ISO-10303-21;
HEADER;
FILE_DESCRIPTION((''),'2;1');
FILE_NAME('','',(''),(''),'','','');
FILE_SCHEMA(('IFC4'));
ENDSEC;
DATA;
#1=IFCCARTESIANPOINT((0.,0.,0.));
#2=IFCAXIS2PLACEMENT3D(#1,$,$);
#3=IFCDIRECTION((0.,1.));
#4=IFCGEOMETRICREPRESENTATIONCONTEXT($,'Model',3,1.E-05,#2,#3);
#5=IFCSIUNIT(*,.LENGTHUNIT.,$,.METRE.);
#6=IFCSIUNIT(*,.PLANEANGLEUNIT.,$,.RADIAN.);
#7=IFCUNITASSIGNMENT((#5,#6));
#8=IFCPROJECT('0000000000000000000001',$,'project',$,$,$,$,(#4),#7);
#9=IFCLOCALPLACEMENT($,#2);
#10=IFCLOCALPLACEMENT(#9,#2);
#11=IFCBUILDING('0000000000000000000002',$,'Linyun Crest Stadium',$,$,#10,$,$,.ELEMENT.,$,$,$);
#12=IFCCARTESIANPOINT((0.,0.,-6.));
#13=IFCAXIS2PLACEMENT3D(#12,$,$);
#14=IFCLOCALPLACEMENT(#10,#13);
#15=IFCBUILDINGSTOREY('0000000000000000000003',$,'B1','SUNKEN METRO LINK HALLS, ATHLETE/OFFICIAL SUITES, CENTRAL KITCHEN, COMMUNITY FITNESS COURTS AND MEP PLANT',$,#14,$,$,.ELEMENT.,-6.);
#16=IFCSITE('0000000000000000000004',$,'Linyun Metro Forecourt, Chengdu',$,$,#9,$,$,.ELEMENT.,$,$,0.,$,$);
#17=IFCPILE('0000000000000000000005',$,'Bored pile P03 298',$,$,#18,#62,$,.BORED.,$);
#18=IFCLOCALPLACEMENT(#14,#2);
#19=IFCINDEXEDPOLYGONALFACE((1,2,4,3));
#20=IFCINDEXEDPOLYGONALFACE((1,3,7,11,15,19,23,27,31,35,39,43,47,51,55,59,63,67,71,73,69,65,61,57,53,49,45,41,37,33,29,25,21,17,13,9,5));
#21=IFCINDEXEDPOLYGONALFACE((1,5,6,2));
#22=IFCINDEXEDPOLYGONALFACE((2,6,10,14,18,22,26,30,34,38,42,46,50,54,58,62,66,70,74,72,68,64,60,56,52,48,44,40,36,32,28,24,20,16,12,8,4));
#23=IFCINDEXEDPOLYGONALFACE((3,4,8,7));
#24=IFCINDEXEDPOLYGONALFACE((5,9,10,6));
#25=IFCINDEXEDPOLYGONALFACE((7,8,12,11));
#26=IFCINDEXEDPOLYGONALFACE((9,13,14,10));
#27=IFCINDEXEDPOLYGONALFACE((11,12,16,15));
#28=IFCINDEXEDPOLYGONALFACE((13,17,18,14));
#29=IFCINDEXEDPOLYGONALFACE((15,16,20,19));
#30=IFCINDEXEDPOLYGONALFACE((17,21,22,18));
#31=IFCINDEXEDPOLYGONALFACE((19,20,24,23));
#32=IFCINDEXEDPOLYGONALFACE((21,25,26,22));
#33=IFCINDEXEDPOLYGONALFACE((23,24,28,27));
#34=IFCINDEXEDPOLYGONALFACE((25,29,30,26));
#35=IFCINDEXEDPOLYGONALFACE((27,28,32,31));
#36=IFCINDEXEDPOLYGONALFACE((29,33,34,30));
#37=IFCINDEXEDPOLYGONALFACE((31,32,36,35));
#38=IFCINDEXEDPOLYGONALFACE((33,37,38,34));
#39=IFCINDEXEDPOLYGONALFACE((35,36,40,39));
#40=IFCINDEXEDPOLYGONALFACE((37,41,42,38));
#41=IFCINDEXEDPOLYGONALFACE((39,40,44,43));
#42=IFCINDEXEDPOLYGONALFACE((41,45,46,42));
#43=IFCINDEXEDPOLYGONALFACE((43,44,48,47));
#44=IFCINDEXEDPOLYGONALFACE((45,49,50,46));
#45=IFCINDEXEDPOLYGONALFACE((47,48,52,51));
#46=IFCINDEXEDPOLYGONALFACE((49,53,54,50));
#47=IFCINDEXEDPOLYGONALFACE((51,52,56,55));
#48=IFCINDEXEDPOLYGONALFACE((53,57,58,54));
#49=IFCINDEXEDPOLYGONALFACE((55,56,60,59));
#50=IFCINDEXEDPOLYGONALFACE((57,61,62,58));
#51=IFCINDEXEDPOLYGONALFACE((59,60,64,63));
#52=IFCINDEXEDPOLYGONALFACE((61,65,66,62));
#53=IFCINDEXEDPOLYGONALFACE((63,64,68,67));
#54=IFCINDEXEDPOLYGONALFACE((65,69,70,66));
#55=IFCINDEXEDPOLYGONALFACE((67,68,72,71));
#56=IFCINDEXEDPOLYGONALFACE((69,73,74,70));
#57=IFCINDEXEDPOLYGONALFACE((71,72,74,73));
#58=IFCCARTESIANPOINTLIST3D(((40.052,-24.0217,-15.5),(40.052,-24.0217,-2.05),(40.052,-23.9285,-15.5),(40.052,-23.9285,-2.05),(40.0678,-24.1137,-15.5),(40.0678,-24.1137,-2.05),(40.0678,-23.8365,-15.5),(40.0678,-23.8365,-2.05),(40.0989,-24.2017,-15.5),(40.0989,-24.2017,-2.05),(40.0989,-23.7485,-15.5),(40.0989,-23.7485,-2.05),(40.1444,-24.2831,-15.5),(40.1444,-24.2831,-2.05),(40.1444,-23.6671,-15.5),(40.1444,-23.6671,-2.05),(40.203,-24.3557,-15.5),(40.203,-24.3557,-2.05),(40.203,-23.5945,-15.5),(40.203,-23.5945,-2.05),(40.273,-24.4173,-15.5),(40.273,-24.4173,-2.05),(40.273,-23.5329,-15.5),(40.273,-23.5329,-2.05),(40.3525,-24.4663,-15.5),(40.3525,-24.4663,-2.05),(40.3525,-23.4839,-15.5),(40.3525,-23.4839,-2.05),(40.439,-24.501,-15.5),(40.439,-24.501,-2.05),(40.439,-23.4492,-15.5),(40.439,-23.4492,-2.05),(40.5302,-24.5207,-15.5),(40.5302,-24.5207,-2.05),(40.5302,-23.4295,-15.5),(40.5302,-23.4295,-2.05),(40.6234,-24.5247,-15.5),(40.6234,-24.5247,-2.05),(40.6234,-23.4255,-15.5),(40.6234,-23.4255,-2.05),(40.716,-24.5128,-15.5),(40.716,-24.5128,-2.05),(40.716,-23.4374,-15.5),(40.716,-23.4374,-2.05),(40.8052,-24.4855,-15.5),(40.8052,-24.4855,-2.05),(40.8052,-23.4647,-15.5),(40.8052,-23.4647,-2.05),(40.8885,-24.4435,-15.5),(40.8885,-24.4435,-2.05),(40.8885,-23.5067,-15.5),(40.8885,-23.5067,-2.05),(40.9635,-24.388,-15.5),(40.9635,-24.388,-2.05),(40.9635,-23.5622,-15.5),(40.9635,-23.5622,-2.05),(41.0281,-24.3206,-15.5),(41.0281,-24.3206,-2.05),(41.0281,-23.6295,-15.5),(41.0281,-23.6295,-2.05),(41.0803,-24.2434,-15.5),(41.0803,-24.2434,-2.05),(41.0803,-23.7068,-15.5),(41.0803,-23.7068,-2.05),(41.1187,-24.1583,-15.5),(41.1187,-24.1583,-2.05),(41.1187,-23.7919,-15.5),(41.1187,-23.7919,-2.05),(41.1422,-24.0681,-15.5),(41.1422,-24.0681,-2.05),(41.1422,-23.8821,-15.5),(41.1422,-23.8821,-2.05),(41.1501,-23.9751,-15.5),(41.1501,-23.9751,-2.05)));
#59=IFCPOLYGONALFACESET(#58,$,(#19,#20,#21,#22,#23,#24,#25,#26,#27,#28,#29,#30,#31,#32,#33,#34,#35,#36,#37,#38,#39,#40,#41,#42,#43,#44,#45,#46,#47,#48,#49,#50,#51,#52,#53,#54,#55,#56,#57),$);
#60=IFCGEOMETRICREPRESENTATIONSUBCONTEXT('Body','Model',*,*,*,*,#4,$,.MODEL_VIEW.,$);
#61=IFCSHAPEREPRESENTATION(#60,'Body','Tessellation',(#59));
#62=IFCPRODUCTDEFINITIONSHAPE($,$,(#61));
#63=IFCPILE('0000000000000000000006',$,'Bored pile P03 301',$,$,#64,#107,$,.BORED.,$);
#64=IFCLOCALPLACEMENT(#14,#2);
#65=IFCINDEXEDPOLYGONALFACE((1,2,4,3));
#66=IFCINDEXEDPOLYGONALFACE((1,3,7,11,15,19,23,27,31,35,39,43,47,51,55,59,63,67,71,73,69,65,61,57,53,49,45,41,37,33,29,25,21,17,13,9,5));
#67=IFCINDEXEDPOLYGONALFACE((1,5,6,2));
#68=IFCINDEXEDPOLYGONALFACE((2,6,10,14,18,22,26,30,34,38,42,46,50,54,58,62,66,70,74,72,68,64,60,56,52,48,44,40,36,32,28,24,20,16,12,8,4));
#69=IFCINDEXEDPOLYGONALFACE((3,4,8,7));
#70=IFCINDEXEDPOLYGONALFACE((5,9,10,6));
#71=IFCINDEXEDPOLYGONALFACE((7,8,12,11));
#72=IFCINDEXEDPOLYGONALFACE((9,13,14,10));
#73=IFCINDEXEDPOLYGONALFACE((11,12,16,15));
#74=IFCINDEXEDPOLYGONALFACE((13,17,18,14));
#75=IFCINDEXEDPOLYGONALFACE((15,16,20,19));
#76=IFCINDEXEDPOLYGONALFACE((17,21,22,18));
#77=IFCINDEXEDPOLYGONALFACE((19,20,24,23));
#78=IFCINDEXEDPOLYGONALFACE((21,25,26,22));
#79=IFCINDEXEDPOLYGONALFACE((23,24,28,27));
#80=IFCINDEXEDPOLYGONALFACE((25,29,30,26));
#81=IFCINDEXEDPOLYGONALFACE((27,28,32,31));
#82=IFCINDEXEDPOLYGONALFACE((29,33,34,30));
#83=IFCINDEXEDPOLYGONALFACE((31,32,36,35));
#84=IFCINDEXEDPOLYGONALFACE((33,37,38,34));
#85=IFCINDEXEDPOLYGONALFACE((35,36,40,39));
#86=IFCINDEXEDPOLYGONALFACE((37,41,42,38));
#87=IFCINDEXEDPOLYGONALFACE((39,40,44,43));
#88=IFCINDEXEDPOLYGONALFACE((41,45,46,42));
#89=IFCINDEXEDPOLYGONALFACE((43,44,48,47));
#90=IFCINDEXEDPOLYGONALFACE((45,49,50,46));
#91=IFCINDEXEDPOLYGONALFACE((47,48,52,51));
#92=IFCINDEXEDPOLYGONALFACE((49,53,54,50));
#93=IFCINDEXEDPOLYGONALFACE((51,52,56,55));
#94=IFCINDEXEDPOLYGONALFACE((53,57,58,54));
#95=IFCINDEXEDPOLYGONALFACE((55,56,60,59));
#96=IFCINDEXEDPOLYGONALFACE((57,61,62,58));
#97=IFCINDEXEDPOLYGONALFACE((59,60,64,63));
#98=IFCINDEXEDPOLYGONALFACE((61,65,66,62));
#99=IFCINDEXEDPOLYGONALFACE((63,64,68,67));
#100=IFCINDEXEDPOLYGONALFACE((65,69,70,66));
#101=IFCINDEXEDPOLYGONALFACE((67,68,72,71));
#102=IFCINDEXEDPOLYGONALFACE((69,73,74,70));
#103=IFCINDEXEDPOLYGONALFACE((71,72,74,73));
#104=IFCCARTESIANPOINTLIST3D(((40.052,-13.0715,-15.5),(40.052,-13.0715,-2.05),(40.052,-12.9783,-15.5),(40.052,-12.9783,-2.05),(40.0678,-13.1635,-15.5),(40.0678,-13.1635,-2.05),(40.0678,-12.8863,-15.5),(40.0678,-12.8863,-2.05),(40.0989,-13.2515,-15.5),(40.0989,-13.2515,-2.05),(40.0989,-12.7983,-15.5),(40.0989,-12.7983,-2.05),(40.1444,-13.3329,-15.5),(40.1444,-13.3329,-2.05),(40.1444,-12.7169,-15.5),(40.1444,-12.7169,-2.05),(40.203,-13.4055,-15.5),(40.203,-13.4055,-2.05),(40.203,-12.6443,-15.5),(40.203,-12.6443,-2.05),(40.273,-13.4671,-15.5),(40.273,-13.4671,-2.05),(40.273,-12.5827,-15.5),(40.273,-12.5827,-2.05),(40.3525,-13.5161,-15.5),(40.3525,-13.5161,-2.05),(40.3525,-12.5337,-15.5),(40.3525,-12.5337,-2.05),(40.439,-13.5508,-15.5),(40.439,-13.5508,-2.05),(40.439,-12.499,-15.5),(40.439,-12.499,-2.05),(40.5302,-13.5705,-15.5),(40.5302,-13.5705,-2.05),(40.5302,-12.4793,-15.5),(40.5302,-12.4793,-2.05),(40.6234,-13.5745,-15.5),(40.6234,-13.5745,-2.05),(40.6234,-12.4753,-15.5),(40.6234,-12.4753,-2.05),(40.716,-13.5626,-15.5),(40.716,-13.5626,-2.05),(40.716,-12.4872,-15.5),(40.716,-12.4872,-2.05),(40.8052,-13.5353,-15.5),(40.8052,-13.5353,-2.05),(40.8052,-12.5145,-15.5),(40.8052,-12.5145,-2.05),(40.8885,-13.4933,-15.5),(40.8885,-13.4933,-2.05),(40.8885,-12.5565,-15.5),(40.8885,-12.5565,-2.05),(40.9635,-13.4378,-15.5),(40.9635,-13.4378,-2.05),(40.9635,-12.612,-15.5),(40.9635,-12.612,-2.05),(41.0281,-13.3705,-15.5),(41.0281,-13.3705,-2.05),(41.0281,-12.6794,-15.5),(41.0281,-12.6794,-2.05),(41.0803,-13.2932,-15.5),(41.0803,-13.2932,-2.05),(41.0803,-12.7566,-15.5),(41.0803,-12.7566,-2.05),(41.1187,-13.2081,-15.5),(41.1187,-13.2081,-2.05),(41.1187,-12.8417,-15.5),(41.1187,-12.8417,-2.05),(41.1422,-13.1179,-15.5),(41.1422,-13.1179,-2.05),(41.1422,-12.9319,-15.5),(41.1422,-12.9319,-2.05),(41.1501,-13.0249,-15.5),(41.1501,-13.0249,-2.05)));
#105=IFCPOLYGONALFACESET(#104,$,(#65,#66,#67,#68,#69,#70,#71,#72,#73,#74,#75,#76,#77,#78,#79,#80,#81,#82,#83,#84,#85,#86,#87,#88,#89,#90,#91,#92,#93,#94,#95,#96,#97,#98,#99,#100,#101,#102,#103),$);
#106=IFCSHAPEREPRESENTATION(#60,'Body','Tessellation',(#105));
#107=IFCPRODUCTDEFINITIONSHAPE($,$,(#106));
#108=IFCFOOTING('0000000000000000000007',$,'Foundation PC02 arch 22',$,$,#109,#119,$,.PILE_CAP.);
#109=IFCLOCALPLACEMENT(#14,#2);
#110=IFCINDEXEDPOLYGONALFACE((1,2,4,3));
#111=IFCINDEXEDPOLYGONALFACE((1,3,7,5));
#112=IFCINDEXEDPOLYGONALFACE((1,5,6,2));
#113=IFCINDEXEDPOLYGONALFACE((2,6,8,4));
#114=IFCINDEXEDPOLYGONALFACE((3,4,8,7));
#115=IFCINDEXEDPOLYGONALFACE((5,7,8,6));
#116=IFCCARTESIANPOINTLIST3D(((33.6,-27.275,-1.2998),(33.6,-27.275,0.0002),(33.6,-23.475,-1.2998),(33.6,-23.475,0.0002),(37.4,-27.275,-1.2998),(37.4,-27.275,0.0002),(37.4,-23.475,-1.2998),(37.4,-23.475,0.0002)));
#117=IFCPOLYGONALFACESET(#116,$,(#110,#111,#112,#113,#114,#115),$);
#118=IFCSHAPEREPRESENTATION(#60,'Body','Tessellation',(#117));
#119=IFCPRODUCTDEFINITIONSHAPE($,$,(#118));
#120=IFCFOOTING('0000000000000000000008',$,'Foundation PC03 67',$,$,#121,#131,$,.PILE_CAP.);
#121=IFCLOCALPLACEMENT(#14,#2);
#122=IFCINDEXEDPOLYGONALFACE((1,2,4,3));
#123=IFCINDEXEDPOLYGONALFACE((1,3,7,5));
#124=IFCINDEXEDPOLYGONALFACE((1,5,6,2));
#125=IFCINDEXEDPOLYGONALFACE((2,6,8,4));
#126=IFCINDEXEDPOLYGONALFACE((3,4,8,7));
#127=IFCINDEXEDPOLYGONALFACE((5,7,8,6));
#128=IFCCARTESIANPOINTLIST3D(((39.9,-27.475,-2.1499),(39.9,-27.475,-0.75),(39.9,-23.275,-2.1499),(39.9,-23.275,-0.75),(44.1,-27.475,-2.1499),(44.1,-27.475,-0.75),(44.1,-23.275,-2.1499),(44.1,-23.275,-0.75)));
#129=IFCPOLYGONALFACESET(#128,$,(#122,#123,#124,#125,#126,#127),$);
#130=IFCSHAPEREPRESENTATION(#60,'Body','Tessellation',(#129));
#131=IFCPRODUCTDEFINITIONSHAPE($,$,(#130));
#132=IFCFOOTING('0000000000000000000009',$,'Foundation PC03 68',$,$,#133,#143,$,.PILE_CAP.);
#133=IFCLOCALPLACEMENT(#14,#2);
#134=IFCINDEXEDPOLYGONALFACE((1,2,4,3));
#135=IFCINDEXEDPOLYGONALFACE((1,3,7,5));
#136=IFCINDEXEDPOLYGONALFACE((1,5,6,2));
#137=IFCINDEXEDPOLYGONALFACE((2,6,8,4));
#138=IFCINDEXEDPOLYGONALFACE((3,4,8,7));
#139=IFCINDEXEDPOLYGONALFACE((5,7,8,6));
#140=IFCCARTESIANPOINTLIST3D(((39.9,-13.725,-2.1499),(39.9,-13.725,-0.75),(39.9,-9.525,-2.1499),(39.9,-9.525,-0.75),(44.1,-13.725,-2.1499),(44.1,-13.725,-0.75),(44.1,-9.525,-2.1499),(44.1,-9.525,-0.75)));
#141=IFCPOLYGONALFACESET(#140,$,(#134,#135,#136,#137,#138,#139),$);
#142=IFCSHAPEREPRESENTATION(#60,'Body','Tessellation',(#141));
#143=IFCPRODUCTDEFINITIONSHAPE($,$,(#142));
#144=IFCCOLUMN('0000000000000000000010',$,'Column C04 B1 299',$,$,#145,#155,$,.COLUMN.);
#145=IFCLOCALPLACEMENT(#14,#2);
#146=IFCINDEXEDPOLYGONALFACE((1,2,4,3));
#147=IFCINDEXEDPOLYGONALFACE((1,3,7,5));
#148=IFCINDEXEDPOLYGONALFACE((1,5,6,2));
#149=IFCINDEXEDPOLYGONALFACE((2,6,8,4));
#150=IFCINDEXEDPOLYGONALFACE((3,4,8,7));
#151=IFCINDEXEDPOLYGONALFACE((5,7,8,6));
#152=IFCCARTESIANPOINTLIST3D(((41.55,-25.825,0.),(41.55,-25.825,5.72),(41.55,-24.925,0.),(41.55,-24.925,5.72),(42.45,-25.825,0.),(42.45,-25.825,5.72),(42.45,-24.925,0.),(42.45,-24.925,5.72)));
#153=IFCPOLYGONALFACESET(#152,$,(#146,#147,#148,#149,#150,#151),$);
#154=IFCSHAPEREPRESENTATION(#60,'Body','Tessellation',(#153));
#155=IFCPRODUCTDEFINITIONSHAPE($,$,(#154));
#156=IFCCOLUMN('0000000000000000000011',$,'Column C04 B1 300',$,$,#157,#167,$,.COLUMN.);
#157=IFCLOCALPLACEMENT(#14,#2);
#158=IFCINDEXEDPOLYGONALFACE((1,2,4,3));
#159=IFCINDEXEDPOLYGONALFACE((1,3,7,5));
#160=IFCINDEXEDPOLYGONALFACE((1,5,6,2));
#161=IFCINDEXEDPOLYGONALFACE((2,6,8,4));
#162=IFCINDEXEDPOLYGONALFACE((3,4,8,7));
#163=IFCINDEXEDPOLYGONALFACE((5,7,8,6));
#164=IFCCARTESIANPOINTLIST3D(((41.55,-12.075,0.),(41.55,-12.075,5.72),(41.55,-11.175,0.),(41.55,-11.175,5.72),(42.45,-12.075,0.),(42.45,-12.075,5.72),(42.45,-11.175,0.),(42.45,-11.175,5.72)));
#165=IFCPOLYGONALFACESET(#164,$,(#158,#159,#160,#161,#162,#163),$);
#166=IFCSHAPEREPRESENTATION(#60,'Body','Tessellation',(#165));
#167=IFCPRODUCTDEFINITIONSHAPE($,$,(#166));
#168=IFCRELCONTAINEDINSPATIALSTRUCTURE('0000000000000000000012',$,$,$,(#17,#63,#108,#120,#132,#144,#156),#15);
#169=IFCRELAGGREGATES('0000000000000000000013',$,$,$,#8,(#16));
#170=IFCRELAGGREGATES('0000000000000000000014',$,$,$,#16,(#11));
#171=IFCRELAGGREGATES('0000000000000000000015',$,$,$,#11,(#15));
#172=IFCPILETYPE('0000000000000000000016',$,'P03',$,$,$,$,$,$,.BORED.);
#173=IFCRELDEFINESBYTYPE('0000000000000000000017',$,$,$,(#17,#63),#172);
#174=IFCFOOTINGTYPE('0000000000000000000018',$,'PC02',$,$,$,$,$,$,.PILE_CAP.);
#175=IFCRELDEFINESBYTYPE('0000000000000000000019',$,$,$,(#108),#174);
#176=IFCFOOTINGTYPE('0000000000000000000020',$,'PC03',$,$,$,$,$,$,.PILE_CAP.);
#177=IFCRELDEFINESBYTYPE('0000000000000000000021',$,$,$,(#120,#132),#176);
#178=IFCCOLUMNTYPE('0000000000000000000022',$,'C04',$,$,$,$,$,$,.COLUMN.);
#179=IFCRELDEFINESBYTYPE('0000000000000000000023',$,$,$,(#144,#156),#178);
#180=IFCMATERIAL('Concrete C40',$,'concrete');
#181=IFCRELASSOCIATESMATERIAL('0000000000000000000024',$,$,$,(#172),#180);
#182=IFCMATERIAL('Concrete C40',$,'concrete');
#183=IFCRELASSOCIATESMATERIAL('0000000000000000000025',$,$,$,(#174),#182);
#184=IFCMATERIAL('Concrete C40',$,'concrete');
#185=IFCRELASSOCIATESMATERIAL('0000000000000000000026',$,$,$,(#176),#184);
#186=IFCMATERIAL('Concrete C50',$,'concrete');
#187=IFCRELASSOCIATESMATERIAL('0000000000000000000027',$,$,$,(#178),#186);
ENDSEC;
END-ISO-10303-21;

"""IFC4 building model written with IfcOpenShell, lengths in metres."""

from ifc_helpers import new_model, si_unit, direction, frame, origin, origin_2d, place, context, subcontext, project, spatial, rectangle, circle, extrude, material, material_profile, profile_set, type_object, element, save


model = new_model("IFC4")

# Units and contexts
model_context = context("Model", 3, precision=1e-05, world=origin(), true_north=direction((0.0, 1.0)))
body_context = subcontext(model_context, "Body", "Model", "MODEL_VIEW")
ifc_project = project(units=[si_unit("LENGTHUNIT", "METRE"), si_unit("PLANEANGLEUNIT", "RADIAN")], contexts=[model_context])

# Site, building, storey
site_placement = place(None, origin())
site = spatial("IfcSite", under=ifc_project, at=site_placement, Name="Linyun Metro Forecourt, Chengdu", CompositionType="ELEMENT", RefElevation=0.0)
building_placement = place(site_placement, origin())
building = spatial("IfcBuilding", under=site, at=building_placement, Name="Linyun Crest Stadium", CompositionType="ELEMENT")
storey_placement = place(building_placement, frame((0.0, 0.0, -6.0)))
storey = spatial("IfcBuildingStorey", under=building, at=storey_placement, Name="B1", Description="SUNKEN METRO LINK HALLS, ATHLETE/OFFICIAL SUITES, CENTRAL KITCHEN, COMMUNITY FITNESS COURTS AND MEP PLANT", CompositionType="ELEMENT", Elevation=-6.0)

# Piles
ifc_material_1 = material(Name="Concrete C40", Category="concrete")
ifc_material_profile_1 = material_profile(ifc_material_1, circle(Radius=0.55, at=origin_2d()), Name="BORED PILE 1100")
ifc_profile_set_1 = profile_set([ifc_material_profile_1], Name="Concrete C40")
pile_type_1 = type_object("IfcPileType", Name="P03", PredefinedType="BORED", material=ifc_profile_set_1)
for number, where, z_axis, x_axis, name in (
    (1, (40.6001, -23.9751, -2.05), (0.0, 0.0, -1.0), (1.0, 0.0, 0.0), "Bored pile P03 298"),
    (2, (40.6001, -13.0249, -2.05), (0.0, 0.0, -1.0), (1.0, 0.0, 0.0), "Bored pile P03 301"),
):
    element("IfcPile", number, at=place(storey_placement, frame(where, z_axis=z_axis, x_axis=x_axis)), inside=storey, type_object=pile_type_1, Name=name, PredefinedType="BORED", context=body_context, shape_type="SweptSolid", body=[
        extrude(circle(Radius=0.55, at=origin_2d()), origin(), (0.0, 0.0, 1.0), 13.45),
    ])

# Footings
ifc_material_2 = material(Name="Concrete C40", Category="concrete")
footing_type_1 = type_object("IfcFootingType", Name="PC02", PredefinedType="PILE_CAP", material=ifc_material_2)
footing_placement = place(storey_placement, frame((35.5, -25.375, -1.2998), z_axis=(0.0, 0.0, 1.0), x_axis=(1.0, 0.0, 0.0)))
element("IfcFooting", 3, at=footing_placement, inside=storey, type_object=footing_type_1, Name="Foundation PC02 arch 22", PredefinedType="PILE_CAP", context=body_context, shape_type="SweptSolid", body=[
    extrude(rectangle(XDim=3.8, YDim=3.8, at=origin_2d()), origin(), (0.0, 0.0, 1.0), 1.3),
])
ifc_material_3 = material(Name="Concrete C40", Category="concrete")
footing_type_2 = type_object("IfcFootingType", Name="PC03", PredefinedType="PILE_CAP", material=ifc_material_3)
for number, where, z_axis, x_axis, name in (
    (4, (42.0, -25.375, -2.1499), (0.0, 0.0, 1.0), (1.0, 0.0, 0.0), "Foundation PC03 67"),
    (5, (42.0, -11.625, -2.1499), (0.0, 0.0, 1.0), (1.0, 0.0, 0.0), "Foundation PC03 68"),
):
    element("IfcFooting", number, at=place(storey_placement, frame(where, z_axis=z_axis, x_axis=x_axis)), inside=storey, type_object=footing_type_2, Name=name, PredefinedType="PILE_CAP", context=body_context, shape_type="SweptSolid", body=[
        extrude(rectangle(XDim=4.2, YDim=4.2, at=origin_2d()), origin(), (0.0, 0.0, 1.0), 1.3999),
    ])

# Columns
ifc_material_4 = material(Name="Concrete C50", Category="concrete")
ifc_material_profile_2 = material_profile(ifc_material_4, rectangle(XDim=0.8999, YDim=0.8999, at=origin_2d()), Name="RC 900x900")
ifc_profile_set_2 = profile_set([ifc_material_profile_2], Name="Concrete C50")
column_type_1 = type_object("IfcColumnType", Name="C04", PredefinedType="COLUMN", material=ifc_profile_set_2)
for number, where, z_axis, x_axis, name in (
    (6, (42.0, -25.375, 0.0), (0.0, 0.0, 1.0), (1.0, 0.0, 0.0), "Column C04 B1 299"),
    (7, (42.0, -11.625, 0.0), (0.0, 0.0, 1.0), (1.0, 0.0, 0.0), "Column C04 B1 300"),
):
    element("IfcColumn", number, at=place(storey_placement, frame(where, z_axis=z_axis, x_axis=x_axis)), inside=storey, type_object=column_type_1, Name=name, PredefinedType="COLUMN", context=body_context, shape_type="SweptSolid", body=[
        extrude(rectangle(XDim=0.8999, YDim=0.8999, at=origin_2d()), origin(), (0.0, 0.0, 1.0), 5.72),
    ])

save(model, "model.ifc")
